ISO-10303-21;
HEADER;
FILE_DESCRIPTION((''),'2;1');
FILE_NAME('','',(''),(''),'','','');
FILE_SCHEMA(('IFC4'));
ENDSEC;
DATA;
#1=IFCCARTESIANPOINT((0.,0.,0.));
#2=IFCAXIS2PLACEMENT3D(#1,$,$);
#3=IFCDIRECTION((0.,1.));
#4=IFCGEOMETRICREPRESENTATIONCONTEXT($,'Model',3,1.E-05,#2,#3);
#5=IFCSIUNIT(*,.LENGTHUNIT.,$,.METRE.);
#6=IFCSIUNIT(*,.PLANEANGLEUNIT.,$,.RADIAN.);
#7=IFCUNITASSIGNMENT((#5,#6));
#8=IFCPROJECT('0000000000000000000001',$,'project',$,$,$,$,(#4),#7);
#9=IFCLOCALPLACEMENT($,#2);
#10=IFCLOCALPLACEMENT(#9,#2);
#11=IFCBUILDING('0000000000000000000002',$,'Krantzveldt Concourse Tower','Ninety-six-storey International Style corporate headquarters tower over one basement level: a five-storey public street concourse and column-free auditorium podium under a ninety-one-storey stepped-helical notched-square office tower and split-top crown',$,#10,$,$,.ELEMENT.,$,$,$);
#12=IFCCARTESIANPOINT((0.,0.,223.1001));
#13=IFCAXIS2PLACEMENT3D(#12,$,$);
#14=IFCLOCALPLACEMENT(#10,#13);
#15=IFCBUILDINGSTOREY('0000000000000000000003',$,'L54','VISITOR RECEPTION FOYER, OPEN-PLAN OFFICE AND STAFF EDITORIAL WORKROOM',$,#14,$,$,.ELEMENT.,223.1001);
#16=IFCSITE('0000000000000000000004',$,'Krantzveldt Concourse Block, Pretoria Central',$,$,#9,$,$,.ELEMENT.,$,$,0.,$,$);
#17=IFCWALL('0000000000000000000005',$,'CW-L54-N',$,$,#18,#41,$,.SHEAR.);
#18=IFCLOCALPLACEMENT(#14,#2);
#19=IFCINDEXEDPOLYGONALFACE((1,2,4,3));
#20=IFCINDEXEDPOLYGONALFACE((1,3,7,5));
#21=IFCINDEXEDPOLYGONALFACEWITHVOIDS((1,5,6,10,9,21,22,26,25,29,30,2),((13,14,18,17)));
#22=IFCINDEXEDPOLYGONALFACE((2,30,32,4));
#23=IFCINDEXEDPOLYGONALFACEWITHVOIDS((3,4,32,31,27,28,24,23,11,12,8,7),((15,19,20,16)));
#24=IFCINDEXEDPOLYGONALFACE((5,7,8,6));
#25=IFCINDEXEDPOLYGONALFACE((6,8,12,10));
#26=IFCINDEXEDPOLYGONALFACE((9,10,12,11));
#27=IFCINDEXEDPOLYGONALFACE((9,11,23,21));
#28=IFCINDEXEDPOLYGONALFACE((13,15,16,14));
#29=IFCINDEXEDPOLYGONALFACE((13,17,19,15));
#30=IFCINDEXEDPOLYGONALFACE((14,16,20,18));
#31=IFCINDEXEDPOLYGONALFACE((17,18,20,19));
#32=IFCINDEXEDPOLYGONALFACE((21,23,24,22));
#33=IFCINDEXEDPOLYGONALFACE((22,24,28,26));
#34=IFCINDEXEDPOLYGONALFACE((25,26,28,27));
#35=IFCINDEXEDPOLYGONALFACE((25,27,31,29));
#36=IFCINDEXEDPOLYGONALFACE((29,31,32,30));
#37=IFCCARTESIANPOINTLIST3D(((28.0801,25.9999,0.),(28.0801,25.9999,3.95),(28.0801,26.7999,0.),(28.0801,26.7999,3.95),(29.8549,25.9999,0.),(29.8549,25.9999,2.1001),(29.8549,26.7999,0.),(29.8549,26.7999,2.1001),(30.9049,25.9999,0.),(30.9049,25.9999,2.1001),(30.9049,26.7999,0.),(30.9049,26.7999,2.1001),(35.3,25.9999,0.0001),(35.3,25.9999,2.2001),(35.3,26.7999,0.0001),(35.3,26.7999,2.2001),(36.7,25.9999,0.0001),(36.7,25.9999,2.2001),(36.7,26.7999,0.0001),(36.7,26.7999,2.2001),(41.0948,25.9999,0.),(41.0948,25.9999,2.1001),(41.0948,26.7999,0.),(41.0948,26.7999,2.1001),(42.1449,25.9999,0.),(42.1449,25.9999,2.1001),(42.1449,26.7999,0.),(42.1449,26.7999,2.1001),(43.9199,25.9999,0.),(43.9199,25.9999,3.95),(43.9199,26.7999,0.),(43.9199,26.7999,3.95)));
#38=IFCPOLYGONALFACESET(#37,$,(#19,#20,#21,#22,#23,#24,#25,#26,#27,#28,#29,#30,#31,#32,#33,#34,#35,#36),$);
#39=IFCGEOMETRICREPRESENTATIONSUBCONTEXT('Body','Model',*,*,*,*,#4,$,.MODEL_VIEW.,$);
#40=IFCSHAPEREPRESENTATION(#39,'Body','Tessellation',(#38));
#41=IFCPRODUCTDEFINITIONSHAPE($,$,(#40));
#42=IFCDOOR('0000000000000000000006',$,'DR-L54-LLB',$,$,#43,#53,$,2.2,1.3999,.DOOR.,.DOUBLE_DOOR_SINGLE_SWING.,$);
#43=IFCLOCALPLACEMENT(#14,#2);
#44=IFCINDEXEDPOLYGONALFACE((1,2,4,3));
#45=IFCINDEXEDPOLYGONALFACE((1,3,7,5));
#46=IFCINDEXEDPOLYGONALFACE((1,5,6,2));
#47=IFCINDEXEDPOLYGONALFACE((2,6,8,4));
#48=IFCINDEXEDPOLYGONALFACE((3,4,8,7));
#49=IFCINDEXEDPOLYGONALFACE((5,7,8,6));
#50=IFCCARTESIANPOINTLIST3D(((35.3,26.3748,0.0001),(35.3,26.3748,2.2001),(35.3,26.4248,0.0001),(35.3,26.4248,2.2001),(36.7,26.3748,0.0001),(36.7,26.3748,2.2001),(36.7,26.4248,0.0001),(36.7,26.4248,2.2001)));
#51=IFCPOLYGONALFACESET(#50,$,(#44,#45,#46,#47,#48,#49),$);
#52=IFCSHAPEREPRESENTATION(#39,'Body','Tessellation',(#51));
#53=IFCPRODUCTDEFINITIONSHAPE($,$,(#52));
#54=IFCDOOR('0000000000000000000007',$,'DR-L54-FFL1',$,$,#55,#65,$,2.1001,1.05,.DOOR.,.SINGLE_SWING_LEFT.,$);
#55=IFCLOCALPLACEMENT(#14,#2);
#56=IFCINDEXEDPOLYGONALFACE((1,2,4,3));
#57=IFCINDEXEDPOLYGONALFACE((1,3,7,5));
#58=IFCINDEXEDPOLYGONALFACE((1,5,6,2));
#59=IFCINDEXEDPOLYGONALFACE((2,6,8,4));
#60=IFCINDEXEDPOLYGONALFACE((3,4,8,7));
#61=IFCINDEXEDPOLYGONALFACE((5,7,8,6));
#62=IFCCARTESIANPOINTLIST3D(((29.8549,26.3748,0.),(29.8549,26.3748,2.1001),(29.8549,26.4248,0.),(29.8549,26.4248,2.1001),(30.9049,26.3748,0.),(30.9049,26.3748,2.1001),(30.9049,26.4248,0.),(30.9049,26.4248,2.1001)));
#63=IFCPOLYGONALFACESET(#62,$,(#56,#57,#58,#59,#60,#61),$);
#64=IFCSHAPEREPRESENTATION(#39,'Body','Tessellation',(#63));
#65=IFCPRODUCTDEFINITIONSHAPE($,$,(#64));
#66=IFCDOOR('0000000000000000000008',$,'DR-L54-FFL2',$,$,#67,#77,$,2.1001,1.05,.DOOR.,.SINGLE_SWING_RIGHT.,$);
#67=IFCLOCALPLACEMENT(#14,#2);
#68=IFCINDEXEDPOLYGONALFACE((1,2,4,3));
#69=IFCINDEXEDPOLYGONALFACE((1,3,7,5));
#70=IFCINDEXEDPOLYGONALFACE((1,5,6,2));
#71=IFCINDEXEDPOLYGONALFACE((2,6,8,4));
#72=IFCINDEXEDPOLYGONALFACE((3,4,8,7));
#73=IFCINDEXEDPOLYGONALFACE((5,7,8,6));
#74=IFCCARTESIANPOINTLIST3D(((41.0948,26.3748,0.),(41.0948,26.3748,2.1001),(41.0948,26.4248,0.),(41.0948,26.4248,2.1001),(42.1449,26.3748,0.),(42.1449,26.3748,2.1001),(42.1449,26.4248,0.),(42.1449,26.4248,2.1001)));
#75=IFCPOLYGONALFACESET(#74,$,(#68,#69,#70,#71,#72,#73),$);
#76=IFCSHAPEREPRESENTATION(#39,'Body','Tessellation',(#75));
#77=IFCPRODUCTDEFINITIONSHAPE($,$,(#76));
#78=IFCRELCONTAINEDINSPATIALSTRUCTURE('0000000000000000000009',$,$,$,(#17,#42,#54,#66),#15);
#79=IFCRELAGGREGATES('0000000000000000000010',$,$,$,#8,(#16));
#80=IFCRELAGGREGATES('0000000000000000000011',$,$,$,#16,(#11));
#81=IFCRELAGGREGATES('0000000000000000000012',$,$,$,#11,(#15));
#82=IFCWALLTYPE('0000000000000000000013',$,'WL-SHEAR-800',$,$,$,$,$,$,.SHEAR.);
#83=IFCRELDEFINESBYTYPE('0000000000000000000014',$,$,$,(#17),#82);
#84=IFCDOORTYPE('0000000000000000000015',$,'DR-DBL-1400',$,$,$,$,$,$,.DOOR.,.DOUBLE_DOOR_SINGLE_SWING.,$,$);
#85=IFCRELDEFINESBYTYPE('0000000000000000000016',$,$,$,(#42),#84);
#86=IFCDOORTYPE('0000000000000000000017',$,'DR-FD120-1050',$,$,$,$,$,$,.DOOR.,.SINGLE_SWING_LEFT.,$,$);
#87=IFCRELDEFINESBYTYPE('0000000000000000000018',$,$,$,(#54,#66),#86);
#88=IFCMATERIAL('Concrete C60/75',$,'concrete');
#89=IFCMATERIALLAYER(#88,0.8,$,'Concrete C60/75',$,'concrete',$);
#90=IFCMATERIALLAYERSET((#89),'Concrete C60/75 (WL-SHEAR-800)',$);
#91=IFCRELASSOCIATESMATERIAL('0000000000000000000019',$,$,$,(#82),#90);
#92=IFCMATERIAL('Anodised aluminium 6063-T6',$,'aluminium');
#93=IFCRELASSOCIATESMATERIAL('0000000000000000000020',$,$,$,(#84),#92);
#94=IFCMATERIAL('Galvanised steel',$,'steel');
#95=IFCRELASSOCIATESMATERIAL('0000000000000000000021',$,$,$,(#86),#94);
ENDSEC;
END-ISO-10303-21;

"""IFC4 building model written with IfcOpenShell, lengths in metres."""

from ifc_helpers import new_model, si_unit, direction, frame, frame_2d, origin, place, context, subcontext, project, spatial, rectangle, extrude, material, layer, layer_set, type_object, element, fill, save


model = new_model("IFC4")

# Units and contexts
model_context = context("Model", 3, precision=1e-05, world=origin(), true_north=direction((0.0, 1.0)))
body_context = subcontext(model_context, "Body", "Model", "MODEL_VIEW")
ifc_project = project(units=[si_unit("LENGTHUNIT", "METRE"), si_unit("PLANEANGLEUNIT", "RADIAN")], contexts=[model_context])

# Site, building, storey
site_placement = place(None, origin())
site = spatial("IfcSite", under=ifc_project, at=site_placement, Name="Krantzveldt Concourse Block, Pretoria Central", CompositionType="ELEMENT", RefElevation=0.0)
building_placement = place(site_placement, origin())
building = spatial("IfcBuilding", under=site, at=building_placement, Name="Krantzveldt Concourse Tower", Description="Ninety-six-storey International Style corporate headquarters tower over one basement level: a five-storey public street concourse and column-free auditorium podium under a ninety-one-storey stepped-helical notched-square office tower and split-top crown", CompositionType="ELEMENT")
storey_placement = place(building_placement, frame((0.0, 0.0, 223.1001)))
storey = spatial("IfcBuildingStorey", under=building, at=storey_placement, Name="L54", Description="VISITOR RECEPTION FOYER, OPEN-PLAN OFFICE AND STAFF EDITORIAL WORKROOM", CompositionType="ELEMENT", Elevation=223.1001)

# Wall, openings, doors
ifc_material_1 = material(Name="Concrete C60/75", Category="concrete")
ifc_layer_1 = layer(ifc_material_1, 0.8, Name="Concrete C60/75", Category="concrete")
ifc_layer_set_1 = layer_set([ifc_layer_1], Name="Concrete C60/75 (WL-SHEAR-800)")
wall_type_1 = type_object("IfcWallType", Name="WL-SHEAR-800", PredefinedType="SHEAR", material=ifc_layer_set_1)
wall_1_placement = place(storey_placement, frame((28.0801, 26.3999, 0.0), z_axis=(0.0, 0.0, 1.0), x_axis=(1.0, 0.0, 0.0)))
wall_1 = element("IfcWall", 1, at=wall_1_placement, inside=storey, type_object=wall_type_1, Name="CW-L54-N", PredefinedType="SHEAR", context=body_context, shape_type="SweptSolid", body=[
    extrude(rectangle(XDim=15.8398, YDim=0.8, at=frame_2d((7.9199, 0.0))), origin(), (0.0, 0.0, 1.0), 3.95),
])
opening_1_placement = place(wall_1_placement, frame((7.22, 0.0, 0.0)))
opening_1 = element("IfcOpeningElement", 2, at=opening_1_placement, cuts=wall_1, PredefinedType="OPENING", context=body_context, shape_type="SweptSolid", body=[
    extrude(rectangle(XDim=1.3999, YDim=2.2, at=frame_2d((0.7, 1.1001))), frame((0.0, 0.4102, 0.0), z_axis=(0.0, -1.0, 0.0), x_axis=(1.0, 0.0, 0.0)), (0.0, 0.0, 1.0), 0.8201),
])
opening_2_placement = place(wall_1_placement, frame((1.7749, 0.0, 0.0)))
opening_2 = element("IfcOpeningElement", 3, at=opening_2_placement, cuts=wall_1, PredefinedType="OPENING", context=body_context, shape_type="SweptSolid", body=[
    extrude(rectangle(XDim=1.05, YDim=2.1001, at=frame_2d((0.5249, 1.05))), frame((0.0, 0.4102, 0.0), z_axis=(0.0, -1.0, 0.0), x_axis=(1.0, 0.0, 0.0)), (0.0, 0.0, 1.0), 0.8201),
])
opening_3_placement = place(wall_1_placement, frame((13.0149, 0.0, 0.0)))
opening_3 = element("IfcOpeningElement", 4, at=opening_3_placement, cuts=wall_1, PredefinedType="OPENING", context=body_context, shape_type="SweptSolid", body=[
    extrude(rectangle(XDim=1.05, YDim=2.1001, at=frame_2d((0.5249, 1.05))), frame((0.0, 0.4102, 0.0), z_axis=(0.0, -1.0, 0.0), x_axis=(1.0, 0.0, 0.0)), (0.0, 0.0, 1.0), 0.8201),
])
ifc_material_2 = material(Name="Anodised aluminium 6063-T6", Category="aluminium")
door_type_1 = type_object("IfcDoorType", Name="DR-DBL-1400", OperationType="DOUBLE_DOOR_SINGLE_SWING", PredefinedType="DOOR", material=ifc_material_2)
door_1_placement = place(opening_1_placement, origin())
door_1 = element("IfcDoor", 5, at=door_1_placement, inside=storey, type_object=door_type_1, Name="DR-L54-LLB", OperationType="DOUBLE_DOOR_SINGLE_SWING", OverallHeight=2.2, OverallWidth=1.3999, PredefinedType="DOOR", context=body_context, shape_type="SweptSolid", body=[
    extrude(rectangle(XDim=1.3999, YDim=2.2, at=frame_2d((0.7, 1.1001))), frame((0.0, 0.0249, 0.0), z_axis=(0.0, -1.0, 0.0), x_axis=(1.0, 0.0, 0.0)), (0.0, 0.0, 1.0), 0.05),
])
fill(opening_1, door_1)
ifc_material_3 = material(Name="Galvanised steel", Category="steel")
door_type_2 = type_object("IfcDoorType", Name="DR-FD120-1050", OperationType="SINGLE_SWING_LEFT", PredefinedType="DOOR", material=ifc_material_3)
door_2_placement = place(opening_2_placement, origin())
door_2 = element("IfcDoor", 6, at=door_2_placement, inside=storey, type_object=door_type_2, Name="DR-L54-FFL1", OperationType="SINGLE_SWING_LEFT", OverallHeight=2.1001, OverallWidth=1.05, PredefinedType="DOOR", context=body_context, shape_type="SweptSolid", body=[
    extrude(rectangle(XDim=1.05, YDim=2.1001, at=frame_2d((0.5249, 1.05))), frame((0.0, 0.0249, 0.0), z_axis=(0.0, -1.0, 0.0), x_axis=(1.0, 0.0, 0.0)), (0.0, 0.0, 1.0), 0.05),
])
fill(opening_2, door_2)
door_3_placement = place(opening_3_placement, origin())
door_3 = element("IfcDoor", 7, at=door_3_placement, inside=storey, type_object=door_type_2, Name="DR-L54-FFL2", OperationType="SINGLE_SWING_RIGHT", OverallHeight=2.1001, OverallWidth=1.05, PredefinedType="DOOR", context=body_context, shape_type="SweptSolid", body=[
    extrude(rectangle(XDim=1.05, YDim=2.1001, at=frame_2d((0.5249, 1.05))), frame((0.0, 0.0249, 0.0), z_axis=(0.0, -1.0, 0.0), x_axis=(1.0, 0.0, 0.0)), (0.0, 0.0, 1.0), 0.05),
])
fill(opening_3, door_3)

save(model, "model.ifc")
